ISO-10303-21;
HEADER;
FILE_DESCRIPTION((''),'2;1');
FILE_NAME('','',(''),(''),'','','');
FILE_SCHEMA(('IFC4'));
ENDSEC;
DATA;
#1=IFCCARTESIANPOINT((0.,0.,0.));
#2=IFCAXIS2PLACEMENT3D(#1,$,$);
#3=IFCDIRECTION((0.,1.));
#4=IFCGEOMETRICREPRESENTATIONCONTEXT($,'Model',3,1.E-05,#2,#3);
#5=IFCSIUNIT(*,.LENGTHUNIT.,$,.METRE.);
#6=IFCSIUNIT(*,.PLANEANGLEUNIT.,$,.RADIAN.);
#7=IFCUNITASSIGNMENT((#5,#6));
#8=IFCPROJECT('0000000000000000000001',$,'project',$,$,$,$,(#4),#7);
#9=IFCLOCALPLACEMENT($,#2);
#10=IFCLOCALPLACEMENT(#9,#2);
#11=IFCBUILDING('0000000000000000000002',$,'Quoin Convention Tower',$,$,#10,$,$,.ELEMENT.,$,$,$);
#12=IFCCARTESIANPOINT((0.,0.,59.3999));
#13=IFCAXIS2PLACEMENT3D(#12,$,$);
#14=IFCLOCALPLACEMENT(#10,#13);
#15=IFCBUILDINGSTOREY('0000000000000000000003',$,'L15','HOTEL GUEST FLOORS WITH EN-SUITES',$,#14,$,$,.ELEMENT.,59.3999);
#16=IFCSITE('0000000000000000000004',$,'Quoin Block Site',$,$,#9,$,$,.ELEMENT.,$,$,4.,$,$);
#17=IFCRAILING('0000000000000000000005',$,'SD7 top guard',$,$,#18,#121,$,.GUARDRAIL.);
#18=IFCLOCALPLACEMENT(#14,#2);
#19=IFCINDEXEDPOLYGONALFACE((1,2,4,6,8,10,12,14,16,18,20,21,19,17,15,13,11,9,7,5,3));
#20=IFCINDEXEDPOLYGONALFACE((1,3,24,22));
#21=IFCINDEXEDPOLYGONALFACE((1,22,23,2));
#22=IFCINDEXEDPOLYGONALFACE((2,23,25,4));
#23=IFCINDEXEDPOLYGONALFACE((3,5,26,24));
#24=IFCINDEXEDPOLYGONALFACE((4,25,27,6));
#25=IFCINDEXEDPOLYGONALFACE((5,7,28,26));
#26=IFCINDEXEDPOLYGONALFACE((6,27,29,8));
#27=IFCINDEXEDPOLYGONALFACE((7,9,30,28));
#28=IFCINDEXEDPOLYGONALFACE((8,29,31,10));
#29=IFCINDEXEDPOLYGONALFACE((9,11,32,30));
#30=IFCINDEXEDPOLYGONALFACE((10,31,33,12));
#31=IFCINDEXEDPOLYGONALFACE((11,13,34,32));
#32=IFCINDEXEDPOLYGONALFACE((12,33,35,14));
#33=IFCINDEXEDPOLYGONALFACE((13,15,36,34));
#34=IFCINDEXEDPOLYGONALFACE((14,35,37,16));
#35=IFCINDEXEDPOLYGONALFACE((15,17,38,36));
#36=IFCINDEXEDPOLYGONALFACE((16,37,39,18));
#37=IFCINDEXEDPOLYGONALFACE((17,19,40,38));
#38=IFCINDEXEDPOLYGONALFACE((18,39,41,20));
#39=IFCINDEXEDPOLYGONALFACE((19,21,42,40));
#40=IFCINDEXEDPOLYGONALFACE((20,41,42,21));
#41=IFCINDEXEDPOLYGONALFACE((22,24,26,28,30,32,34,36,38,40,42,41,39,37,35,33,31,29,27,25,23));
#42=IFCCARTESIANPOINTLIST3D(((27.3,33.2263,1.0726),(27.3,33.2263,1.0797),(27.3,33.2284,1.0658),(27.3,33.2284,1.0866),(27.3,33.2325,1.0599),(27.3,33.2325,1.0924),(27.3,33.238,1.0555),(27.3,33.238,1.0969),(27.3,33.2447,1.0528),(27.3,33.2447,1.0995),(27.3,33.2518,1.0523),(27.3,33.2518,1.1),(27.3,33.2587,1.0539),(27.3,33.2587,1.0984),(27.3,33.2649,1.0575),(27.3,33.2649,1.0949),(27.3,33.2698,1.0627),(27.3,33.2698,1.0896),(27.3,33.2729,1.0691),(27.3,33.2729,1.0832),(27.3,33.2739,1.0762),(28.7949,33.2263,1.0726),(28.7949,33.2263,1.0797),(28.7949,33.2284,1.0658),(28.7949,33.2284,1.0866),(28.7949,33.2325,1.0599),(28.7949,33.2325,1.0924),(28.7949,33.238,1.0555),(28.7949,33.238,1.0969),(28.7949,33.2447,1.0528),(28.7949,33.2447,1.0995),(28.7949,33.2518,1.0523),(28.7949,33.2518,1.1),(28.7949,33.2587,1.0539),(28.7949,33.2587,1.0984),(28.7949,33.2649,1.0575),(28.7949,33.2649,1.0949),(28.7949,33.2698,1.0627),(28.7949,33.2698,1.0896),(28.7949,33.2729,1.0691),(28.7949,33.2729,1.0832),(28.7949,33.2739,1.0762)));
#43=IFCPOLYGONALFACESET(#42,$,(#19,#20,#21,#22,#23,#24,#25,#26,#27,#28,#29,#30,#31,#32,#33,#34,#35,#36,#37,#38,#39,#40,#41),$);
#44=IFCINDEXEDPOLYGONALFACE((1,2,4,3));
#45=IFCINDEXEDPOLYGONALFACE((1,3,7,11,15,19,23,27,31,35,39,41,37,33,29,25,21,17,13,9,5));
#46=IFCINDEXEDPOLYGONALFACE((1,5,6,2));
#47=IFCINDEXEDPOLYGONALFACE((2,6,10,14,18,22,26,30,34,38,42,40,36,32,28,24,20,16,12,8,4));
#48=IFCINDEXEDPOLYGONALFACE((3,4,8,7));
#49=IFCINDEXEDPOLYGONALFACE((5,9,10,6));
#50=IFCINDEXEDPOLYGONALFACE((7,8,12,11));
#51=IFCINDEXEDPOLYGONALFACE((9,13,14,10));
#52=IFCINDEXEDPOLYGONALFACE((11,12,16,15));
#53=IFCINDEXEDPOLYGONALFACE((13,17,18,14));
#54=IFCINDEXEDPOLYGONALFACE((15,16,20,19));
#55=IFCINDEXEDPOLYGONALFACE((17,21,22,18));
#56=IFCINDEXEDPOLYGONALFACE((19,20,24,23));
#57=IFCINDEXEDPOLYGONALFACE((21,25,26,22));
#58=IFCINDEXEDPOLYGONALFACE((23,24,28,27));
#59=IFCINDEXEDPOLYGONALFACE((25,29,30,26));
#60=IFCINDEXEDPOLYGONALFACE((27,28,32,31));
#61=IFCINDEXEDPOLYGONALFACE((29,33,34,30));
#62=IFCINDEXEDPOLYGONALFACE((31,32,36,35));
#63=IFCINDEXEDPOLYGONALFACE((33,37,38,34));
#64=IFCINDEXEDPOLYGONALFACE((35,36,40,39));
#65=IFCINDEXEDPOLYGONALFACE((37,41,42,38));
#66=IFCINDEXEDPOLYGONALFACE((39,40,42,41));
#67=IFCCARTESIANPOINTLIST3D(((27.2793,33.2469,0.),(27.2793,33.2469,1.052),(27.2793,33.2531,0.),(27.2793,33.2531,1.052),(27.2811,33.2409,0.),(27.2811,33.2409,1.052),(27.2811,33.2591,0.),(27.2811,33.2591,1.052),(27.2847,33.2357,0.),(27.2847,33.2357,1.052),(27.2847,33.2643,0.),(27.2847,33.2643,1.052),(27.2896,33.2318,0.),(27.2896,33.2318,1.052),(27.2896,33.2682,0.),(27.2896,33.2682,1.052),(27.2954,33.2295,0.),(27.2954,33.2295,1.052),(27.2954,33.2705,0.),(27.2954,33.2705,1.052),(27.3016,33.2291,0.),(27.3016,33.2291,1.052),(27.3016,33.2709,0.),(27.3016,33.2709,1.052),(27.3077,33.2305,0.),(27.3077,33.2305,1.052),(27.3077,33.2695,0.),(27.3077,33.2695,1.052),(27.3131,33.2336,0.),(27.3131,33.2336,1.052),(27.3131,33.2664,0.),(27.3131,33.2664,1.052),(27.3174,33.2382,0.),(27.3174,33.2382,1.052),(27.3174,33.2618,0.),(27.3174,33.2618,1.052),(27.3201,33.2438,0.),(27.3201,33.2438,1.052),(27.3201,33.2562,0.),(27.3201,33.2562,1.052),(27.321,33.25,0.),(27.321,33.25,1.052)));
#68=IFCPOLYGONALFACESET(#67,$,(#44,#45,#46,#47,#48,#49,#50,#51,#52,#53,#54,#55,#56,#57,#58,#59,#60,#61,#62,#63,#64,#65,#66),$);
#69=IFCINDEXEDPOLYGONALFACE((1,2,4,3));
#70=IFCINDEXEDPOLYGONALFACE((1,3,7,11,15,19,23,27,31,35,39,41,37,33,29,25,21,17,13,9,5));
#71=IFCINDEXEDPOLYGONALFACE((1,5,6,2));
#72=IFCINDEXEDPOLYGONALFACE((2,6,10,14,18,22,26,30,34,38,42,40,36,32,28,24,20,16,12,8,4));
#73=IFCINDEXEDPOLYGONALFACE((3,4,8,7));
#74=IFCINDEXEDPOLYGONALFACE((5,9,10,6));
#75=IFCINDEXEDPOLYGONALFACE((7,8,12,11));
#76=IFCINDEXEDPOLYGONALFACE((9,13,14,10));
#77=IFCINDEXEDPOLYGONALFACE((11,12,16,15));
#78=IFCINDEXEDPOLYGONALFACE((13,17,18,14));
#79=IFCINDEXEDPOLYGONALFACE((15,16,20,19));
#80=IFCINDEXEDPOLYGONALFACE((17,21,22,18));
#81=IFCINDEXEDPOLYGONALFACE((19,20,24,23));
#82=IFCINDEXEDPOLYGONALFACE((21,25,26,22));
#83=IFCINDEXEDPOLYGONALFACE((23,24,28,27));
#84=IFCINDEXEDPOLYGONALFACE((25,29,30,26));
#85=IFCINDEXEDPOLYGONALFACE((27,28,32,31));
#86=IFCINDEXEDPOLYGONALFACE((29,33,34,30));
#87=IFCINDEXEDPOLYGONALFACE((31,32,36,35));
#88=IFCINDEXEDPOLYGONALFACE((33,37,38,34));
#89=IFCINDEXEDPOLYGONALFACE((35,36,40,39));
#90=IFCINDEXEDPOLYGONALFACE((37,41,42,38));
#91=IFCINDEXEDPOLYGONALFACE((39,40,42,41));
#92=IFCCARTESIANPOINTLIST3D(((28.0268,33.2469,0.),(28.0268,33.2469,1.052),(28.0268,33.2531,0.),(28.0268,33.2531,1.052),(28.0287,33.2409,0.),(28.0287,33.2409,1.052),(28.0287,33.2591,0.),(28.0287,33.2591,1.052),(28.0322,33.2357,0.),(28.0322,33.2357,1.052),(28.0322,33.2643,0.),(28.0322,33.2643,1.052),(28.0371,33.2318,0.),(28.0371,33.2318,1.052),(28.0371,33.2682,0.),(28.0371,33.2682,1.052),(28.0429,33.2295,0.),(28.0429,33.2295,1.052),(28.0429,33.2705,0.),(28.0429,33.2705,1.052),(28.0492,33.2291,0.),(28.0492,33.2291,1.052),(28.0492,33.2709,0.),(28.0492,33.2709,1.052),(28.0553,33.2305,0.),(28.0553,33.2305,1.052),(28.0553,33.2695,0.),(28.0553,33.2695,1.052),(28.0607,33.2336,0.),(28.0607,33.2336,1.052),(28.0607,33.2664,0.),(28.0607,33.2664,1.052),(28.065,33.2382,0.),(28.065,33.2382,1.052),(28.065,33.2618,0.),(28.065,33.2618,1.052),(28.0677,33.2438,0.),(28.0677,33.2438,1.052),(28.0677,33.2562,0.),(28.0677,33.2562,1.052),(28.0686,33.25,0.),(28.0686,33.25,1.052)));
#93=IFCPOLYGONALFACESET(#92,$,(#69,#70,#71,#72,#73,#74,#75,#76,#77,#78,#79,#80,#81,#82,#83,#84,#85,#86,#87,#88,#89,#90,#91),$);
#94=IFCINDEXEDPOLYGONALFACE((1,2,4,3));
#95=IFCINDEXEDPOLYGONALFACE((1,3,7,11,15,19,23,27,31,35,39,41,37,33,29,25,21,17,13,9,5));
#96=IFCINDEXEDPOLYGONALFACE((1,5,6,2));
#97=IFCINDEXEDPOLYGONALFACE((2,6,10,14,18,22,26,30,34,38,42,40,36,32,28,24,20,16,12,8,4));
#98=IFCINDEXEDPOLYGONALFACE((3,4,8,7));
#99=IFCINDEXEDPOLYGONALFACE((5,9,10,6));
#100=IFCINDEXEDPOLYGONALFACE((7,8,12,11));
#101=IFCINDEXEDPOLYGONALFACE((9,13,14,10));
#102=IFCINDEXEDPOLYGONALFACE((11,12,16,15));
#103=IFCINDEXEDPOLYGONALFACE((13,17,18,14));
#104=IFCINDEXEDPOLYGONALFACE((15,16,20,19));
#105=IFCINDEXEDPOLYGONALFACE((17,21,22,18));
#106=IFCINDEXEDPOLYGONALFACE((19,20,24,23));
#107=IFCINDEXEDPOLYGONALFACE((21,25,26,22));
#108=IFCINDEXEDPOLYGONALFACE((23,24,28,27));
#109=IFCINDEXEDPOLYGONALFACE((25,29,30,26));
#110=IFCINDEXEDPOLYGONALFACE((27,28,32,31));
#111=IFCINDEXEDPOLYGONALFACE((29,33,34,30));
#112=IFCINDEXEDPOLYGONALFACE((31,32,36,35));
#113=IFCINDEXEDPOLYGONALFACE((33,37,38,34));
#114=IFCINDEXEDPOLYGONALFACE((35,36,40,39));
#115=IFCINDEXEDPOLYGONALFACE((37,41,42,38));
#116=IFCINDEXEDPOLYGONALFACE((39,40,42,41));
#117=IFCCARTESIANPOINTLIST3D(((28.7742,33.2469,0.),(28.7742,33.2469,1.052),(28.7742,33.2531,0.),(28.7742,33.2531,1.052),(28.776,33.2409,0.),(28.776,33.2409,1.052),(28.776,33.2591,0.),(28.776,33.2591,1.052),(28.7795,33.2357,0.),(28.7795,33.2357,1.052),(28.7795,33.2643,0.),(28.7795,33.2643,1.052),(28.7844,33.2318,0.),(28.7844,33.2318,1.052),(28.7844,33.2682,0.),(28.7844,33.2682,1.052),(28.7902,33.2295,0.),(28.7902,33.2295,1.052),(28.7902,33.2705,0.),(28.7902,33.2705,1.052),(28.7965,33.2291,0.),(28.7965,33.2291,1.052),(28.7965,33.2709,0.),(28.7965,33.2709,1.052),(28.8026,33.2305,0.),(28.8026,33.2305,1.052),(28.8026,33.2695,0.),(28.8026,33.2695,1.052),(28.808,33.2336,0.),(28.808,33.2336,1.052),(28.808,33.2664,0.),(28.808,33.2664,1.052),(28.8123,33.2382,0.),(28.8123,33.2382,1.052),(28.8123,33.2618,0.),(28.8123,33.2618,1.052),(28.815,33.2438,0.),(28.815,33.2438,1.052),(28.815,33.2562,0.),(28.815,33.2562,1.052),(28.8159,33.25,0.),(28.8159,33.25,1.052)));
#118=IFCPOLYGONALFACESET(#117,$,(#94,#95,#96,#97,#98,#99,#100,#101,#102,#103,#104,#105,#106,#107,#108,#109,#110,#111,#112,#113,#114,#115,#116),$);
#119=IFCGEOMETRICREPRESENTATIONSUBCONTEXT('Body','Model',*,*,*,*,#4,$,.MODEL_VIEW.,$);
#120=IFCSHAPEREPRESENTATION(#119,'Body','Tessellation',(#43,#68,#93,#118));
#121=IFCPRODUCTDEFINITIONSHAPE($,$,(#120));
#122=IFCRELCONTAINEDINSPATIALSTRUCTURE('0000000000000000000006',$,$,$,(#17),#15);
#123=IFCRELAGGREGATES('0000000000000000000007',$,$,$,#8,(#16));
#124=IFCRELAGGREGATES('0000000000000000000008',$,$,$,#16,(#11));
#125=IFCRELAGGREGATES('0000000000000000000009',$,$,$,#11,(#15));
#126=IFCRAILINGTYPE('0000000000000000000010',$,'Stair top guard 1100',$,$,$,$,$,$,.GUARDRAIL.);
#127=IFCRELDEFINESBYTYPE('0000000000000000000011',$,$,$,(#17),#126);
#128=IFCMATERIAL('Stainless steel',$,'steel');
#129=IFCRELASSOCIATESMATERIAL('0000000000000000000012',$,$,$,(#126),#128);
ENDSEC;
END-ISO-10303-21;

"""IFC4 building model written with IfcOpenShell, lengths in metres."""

from ifc_helpers import new_model, si_unit, direction, frame, origin, origin_2d, place, context, subcontext, project, spatial, circle, extrude, material, type_object, element, save


model = new_model("IFC4")

# Units and contexts
model_context = context("Model", 3, precision=1e-05, world=origin(), true_north=direction((0.0, 1.0)))
body_context = subcontext(model_context, "Body", "Model", "MODEL_VIEW")
ifc_project = project(units=[si_unit("LENGTHUNIT", "METRE"), si_unit("PLANEANGLEUNIT", "RADIAN")], contexts=[model_context])

# Site, building, storey
site_placement = place(None, origin())
site = spatial("IfcSite", under=ifc_project, at=site_placement, Name="Quoin Block Site", CompositionType="ELEMENT", RefElevation=4.0)
building_placement = place(site_placement, origin())
building = spatial("IfcBuilding", under=site, at=building_placement, Name="Quoin Convention Tower", CompositionType="ELEMENT")
storey_placement = place(building_placement, frame((0.0, 0.0, 59.3999)))
storey = spatial("IfcBuildingStorey", under=building, at=storey_placement, Name="L15", Description="HOTEL GUEST FLOORS WITH EN-SUITES", CompositionType="ELEMENT", Elevation=59.3999)

# Railing
ifc_material_1 = material(Name="Stainless steel", Category="steel")
railing_type_1 = type_object("IfcRailingType", Name="Stair top guard 1100", PredefinedType="GUARDRAIL", material=ifc_material_1)
railing_1_placement = place(storey_placement, frame((27.3, 33.25, 0.0)))
element("IfcRailing", 1, at=railing_1_placement, inside=storey, type_object=railing_type_1, Name="SD7 top guard", PredefinedType="GUARDRAIL", context=body_context, shape_type="SweptSolid", body=[
    extrude(circle(Radius=0.0239, at=origin_2d()), frame((0.0, 0.0, 1.0762), z_axis=(1.0, 0.0, 0.0), x_axis=(0.0, 1.0, 0.0)), (0.0, 0.0, 1.0), 1.4949),
    extrude(circle(Radius=0.021, at=origin_2d()), origin(), (0.0, 0.0, 1.0), 1.052),
    extrude(circle(Radius=0.021, at=origin_2d()), frame((0.7476, 0.0, 0.0)), (0.0, 0.0, 1.0), 1.052),
    extrude(circle(Radius=0.021, at=origin_2d()), frame((1.4949, 0.0, 0.0)), (0.0, 0.0, 1.0), 1.052),
])

save(model, "model.ifc")
